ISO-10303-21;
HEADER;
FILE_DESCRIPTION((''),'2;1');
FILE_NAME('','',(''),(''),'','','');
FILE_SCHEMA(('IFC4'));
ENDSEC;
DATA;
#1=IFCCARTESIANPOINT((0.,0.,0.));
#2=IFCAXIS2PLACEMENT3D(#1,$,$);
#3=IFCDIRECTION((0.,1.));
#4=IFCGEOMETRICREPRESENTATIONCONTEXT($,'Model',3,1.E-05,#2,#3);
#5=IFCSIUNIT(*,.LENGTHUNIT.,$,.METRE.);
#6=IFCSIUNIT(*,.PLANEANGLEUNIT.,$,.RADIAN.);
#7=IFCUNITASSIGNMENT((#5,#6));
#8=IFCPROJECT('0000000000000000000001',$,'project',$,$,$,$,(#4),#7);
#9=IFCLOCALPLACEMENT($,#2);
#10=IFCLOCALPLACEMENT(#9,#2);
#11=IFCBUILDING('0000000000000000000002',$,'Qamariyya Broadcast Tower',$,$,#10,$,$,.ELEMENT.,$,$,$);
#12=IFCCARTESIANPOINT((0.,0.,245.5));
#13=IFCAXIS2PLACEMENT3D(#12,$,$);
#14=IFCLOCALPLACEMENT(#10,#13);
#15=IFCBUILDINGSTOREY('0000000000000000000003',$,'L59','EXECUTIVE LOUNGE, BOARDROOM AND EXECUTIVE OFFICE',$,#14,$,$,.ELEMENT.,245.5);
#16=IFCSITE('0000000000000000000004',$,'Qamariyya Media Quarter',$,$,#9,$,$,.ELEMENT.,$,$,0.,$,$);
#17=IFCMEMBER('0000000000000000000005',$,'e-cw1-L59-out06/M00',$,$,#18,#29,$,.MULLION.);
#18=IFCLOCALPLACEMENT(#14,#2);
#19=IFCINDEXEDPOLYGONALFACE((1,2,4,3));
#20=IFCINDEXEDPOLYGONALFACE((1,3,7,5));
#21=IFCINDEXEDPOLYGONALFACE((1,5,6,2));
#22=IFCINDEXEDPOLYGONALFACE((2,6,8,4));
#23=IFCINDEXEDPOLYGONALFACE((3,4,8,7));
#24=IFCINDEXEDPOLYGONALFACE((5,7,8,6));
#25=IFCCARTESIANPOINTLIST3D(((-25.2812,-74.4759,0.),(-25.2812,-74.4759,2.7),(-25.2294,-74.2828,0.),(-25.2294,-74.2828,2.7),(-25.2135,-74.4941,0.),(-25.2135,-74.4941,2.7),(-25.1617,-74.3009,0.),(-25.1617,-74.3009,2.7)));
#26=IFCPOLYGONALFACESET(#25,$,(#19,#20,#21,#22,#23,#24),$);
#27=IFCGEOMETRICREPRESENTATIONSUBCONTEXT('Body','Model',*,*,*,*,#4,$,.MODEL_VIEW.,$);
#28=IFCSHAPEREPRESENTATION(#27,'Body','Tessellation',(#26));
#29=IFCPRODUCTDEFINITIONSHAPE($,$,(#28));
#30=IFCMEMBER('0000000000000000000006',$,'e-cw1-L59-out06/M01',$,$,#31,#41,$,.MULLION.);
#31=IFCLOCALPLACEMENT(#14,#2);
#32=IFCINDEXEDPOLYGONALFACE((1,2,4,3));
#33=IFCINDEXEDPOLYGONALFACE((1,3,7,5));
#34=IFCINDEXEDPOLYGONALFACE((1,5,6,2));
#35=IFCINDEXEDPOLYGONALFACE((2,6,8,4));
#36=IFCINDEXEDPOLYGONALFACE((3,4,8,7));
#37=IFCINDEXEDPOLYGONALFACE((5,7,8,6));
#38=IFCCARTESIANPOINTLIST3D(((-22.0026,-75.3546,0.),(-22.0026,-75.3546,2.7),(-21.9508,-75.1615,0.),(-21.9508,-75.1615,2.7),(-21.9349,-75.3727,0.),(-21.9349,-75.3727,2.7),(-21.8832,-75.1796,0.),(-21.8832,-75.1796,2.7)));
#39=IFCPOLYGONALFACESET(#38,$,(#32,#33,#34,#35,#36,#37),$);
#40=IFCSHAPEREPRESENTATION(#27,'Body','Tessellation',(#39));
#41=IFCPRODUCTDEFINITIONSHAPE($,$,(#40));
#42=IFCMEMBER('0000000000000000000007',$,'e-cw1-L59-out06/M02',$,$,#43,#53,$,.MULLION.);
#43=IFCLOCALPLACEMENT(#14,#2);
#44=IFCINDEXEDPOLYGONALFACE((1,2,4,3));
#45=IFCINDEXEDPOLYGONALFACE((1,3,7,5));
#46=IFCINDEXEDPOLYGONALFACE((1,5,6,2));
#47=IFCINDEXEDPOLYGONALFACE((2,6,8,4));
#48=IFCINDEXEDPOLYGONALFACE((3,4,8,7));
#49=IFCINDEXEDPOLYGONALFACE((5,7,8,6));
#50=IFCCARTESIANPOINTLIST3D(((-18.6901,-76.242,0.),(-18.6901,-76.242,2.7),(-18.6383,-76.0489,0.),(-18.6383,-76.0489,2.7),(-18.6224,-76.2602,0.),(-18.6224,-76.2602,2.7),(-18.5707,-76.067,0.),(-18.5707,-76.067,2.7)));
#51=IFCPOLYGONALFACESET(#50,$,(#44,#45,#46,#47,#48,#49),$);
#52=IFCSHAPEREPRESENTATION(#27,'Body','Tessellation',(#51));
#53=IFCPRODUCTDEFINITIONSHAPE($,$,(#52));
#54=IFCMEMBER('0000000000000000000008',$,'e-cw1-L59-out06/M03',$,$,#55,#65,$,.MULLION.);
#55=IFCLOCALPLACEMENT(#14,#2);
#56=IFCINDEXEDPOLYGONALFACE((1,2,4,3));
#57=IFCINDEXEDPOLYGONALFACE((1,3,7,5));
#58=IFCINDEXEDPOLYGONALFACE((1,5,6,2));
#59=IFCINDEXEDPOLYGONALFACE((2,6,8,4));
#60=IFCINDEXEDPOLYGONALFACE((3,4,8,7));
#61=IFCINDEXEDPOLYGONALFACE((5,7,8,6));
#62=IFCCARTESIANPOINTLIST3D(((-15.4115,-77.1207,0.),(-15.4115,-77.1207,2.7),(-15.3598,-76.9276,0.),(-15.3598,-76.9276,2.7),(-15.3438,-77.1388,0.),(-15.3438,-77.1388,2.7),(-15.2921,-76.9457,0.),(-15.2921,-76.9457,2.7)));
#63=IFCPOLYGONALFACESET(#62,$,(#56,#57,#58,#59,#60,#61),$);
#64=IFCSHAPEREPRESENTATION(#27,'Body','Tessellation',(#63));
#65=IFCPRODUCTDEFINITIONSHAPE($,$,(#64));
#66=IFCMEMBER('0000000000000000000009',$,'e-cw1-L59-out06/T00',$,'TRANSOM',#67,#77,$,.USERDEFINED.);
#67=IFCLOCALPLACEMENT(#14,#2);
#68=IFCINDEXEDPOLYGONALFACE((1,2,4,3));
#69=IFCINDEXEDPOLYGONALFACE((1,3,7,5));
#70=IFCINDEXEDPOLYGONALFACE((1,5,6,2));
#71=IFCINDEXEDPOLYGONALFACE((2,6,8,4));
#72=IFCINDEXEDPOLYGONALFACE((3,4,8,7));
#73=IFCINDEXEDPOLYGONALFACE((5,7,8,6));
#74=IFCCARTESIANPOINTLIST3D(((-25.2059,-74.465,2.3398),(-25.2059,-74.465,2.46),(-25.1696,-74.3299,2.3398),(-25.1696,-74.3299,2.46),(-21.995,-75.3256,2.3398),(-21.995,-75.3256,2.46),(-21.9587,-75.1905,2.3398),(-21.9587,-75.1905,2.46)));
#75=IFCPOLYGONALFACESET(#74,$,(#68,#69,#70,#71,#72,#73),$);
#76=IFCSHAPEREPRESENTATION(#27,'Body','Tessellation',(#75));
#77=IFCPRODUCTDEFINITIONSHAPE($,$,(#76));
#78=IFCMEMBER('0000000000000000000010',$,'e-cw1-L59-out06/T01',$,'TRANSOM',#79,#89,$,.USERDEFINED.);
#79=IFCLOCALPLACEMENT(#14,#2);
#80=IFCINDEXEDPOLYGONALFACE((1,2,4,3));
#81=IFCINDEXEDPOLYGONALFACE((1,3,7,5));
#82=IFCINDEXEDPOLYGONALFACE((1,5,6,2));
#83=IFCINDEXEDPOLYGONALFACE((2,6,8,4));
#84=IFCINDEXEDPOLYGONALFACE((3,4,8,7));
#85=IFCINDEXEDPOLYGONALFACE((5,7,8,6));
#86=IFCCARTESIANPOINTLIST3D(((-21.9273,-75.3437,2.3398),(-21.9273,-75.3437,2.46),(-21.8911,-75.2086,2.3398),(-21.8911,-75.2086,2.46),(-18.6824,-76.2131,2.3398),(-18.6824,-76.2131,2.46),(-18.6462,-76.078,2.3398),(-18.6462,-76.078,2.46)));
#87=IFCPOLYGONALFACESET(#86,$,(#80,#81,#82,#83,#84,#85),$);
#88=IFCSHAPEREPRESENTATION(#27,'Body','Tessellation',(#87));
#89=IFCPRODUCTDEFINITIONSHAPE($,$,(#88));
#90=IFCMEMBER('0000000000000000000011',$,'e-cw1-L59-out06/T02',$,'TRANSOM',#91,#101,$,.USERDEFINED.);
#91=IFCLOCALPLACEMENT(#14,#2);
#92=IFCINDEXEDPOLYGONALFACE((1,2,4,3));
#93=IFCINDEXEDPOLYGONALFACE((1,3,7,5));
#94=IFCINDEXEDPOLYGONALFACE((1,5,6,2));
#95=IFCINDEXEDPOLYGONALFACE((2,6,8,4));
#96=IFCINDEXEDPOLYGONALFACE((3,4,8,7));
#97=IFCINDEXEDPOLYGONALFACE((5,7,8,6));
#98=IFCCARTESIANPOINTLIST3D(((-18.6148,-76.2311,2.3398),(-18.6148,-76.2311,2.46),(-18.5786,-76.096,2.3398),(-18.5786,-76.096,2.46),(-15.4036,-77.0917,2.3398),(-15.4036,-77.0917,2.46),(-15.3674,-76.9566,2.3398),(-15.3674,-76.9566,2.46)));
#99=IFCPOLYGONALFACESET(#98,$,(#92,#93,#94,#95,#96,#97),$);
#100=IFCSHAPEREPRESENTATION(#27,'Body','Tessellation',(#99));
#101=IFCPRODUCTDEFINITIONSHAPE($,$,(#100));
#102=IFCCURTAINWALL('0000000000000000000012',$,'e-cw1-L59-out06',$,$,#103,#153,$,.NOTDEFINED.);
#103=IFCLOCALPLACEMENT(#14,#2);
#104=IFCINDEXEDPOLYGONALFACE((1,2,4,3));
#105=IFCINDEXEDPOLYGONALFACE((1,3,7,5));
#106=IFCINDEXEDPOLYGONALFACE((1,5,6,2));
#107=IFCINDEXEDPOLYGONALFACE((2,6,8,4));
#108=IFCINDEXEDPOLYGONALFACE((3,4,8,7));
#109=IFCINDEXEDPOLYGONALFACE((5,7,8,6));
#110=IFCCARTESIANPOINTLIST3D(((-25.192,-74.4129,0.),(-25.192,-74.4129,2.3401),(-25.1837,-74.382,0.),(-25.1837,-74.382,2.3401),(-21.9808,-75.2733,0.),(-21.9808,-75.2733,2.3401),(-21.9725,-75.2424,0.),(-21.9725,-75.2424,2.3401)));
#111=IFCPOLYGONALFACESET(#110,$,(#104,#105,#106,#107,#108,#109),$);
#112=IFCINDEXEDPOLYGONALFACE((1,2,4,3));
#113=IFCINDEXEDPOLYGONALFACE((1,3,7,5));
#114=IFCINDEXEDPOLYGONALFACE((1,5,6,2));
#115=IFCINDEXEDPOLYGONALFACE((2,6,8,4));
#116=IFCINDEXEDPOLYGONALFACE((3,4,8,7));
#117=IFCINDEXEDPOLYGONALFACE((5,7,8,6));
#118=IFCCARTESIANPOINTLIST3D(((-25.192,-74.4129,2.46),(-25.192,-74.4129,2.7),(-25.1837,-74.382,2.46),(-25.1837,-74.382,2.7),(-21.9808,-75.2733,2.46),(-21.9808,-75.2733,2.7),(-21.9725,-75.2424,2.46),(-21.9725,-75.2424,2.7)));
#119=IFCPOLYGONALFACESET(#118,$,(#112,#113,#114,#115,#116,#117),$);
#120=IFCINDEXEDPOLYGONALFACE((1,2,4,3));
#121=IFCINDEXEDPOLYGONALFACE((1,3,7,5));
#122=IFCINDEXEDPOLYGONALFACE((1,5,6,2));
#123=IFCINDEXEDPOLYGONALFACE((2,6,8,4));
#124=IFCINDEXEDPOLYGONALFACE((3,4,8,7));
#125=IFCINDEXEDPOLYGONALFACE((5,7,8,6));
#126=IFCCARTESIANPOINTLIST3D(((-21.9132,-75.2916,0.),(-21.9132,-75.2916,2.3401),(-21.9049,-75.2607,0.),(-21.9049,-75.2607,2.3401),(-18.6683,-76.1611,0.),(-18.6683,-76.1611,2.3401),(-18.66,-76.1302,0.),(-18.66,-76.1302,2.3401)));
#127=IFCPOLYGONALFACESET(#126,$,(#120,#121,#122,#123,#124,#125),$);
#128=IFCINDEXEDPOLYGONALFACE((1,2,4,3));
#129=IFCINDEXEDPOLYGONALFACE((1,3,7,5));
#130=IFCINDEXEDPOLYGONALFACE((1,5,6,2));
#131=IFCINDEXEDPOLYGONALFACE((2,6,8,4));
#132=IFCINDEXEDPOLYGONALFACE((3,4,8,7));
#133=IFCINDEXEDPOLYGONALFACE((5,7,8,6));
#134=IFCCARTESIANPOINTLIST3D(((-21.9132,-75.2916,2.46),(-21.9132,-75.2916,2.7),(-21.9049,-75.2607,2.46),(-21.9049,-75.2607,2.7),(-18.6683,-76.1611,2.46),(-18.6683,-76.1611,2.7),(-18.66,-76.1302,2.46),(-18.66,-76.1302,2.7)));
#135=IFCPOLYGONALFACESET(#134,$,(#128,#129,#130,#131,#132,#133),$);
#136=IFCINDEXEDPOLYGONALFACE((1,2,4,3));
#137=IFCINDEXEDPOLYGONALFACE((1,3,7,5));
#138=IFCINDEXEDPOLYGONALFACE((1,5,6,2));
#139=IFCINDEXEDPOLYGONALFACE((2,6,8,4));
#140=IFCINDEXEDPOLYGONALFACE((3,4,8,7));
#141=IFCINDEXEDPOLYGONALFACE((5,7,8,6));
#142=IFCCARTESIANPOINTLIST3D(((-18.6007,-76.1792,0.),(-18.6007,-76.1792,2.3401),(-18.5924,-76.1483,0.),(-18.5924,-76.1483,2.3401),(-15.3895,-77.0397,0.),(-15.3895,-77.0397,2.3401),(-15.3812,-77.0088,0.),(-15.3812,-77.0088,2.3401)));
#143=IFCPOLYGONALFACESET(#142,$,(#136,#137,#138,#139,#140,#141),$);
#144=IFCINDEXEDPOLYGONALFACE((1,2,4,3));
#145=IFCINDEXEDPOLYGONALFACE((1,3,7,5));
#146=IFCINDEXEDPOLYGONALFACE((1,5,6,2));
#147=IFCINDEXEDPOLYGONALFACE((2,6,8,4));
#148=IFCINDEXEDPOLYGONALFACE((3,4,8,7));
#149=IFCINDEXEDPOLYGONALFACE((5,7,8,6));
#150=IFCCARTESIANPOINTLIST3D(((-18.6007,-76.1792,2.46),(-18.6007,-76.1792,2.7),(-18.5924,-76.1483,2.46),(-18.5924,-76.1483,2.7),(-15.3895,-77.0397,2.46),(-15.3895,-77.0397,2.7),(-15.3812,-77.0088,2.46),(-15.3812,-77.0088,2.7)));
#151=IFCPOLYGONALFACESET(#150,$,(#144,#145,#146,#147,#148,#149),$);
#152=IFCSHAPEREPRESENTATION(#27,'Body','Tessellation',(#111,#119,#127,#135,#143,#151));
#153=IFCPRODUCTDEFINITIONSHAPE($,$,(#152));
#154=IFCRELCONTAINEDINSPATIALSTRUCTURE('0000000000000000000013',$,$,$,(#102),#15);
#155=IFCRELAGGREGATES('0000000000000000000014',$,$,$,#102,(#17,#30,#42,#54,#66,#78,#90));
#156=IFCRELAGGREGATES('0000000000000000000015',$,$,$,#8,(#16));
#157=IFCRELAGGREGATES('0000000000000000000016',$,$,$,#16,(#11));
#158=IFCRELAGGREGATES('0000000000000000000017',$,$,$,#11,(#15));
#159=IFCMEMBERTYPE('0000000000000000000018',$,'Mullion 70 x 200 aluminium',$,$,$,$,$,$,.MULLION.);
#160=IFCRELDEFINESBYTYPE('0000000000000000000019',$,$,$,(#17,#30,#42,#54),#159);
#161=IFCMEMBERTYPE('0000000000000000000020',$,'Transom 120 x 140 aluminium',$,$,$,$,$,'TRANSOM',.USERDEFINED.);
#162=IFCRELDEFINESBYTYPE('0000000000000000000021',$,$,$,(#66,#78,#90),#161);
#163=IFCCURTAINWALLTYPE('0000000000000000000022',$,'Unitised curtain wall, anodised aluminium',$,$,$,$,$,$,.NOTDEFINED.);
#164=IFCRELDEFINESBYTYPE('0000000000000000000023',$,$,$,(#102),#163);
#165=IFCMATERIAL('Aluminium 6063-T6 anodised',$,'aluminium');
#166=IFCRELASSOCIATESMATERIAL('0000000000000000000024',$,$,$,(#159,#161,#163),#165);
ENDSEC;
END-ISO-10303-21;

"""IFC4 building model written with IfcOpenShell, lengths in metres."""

from ifc_helpers import new_model, si_unit, direction, frame, origin, origin_2d, place, context, subcontext, project, spatial, rectangle, extrude, material, material_profile, profile_set, type_object, element, aggregate, save


model = new_model("IFC4")

# Units and contexts
model_context = context("Model", 3, precision=1e-05, world=origin(), true_north=direction((0.0, 1.0)))
body_context = subcontext(model_context, "Body", "Model", "MODEL_VIEW")
ifc_project = project(units=[si_unit("LENGTHUNIT", "METRE"), si_unit("PLANEANGLEUNIT", "RADIAN")], contexts=[model_context])

# Members
ifc_material = material(Name="Aluminium 6063-T6 anodised", Category="aluminium")
ifc_material_profile_1 = material_profile(ifc_material, rectangle(XDim=0.2, YDim=0.0701, at=origin_2d()))
ifc_profile_set_1 = profile_set([ifc_material_profile_1], Name="Aluminium 6063-T6 anodised")
member_type_1 = type_object("IfcMemberType", Name="Mullion 70 x 200 aluminium", PredefinedType="MULLION", material=ifc_profile_set_1)
site_placement = place(None, origin())
building_placement = place(site_placement, origin())
storey_placement = place(building_placement, frame((0.0, 0.0, 245.5)))
member_1_placement = place(storey_placement, frame((-25.2214, -74.3884, 0.0), z_axis=(0.0, 0.0, 1.0), x_axis=(0.258819, 0.965926, 0.0)))
member_1 = element("IfcMember", 1, at=member_1_placement, type_object=member_type_1, Name="e-cw1-L59-out06/M00", PredefinedType="MULLION", context=body_context, shape_type="SweptSolid", body=[
    extrude(rectangle(XDim=0.2, YDim=0.0701, at=origin_2d()), origin(), (0.0, 0.0, 1.0), 2.7),
])
member_2_placement = place(storey_placement, frame((-21.9429, -75.2671, 0.0), z_axis=(0.0, 0.0, 1.0), x_axis=(0.258819, 0.965926, 0.0)))
member_2 = element("IfcMember", 2, at=member_2_placement, type_object=member_type_1, Name="e-cw1-L59-out06/M01", PredefinedType="MULLION", context=body_context, shape_type="SweptSolid", body=[
    extrude(rectangle(XDim=0.2, YDim=0.0701, at=origin_2d()), origin(), (0.0, 0.0, 1.0), 2.7),
])
member_3_placement = place(storey_placement, frame((-18.6304, -76.1545, 0.0), z_axis=(0.0, 0.0, 1.0), x_axis=(0.258819, 0.965926, 0.0)))
member_3 = element("IfcMember", 3, at=member_3_placement, type_object=member_type_1, Name="e-cw1-L59-out06/M02", PredefinedType="MULLION", context=body_context, shape_type="SweptSolid", body=[
    extrude(rectangle(XDim=0.2, YDim=0.0701, at=origin_2d()), origin(), (0.0, 0.0, 1.0), 2.7),
])
member_4_placement = place(storey_placement, frame((-15.3518, -77.0332, 0.0), z_axis=(0.0, 0.0, 1.0), x_axis=(0.258819, 0.965926, 0.0)))
member_4 = element("IfcMember", 4, at=member_4_placement, type_object=member_type_1, Name="e-cw1-L59-out06/M03", PredefinedType="MULLION", context=body_context, shape_type="SweptSolid", body=[
    extrude(rectangle(XDim=0.2, YDim=0.0701, at=origin_2d()), origin(), (0.0, 0.0, 1.0), 2.7),
])
ifc_material_profile_2 = material_profile(ifc_material, rectangle(XDim=0.1399, YDim=0.1201, at=origin_2d()))
ifc_profile_set_2 = profile_set([ifc_material_profile_2], Name="Aluminium 6063-T6 anodised")
member_type_2 = type_object("IfcMemberType", Name="Transom 120 x 140 aluminium", ElementType="TRANSOM", PredefinedType="USERDEFINED", material=ifc_profile_set_2)
member_5_placement = place(storey_placement, frame((-25.1877, -74.3975, 2.3999), z_axis=(0.965909, -0.258883, 0.0), x_axis=(0.258883, 0.965909, 0.0)))
member_5 = element("IfcMember", 5, at=member_5_placement, type_object=member_type_2, Name="e-cw1-L59-out06/T00", ObjectType="TRANSOM", PredefinedType="USERDEFINED", context=body_context, shape_type="SweptSolid", body=[
    extrude(rectangle(XDim=0.1399, YDim=0.1201, at=origin_2d()), origin(), (0.0, 0.0, 1.0), 3.3242),
])
member_6_placement = place(storey_placement, frame((-21.9092, -75.2761, 2.3999), z_axis=(0.965932, -0.258798, 0.0), x_axis=(0.258798, 0.965932, 0.0)))
member_6 = element("IfcMember", 6, at=member_6_placement, type_object=member_type_2, Name="e-cw1-L59-out06/T01", ObjectType="TRANSOM", PredefinedType="USERDEFINED", context=body_context, shape_type="SweptSolid", body=[
    extrude(rectangle(XDim=0.1399, YDim=0.1201, at=origin_2d()), origin(), (0.0, 0.0, 1.0), 3.3594),
])
member_7_placement = place(storey_placement, frame((-18.5967, -76.1636, 2.3999), z_axis=(0.965914, -0.258865, 0.0), x_axis=(0.258865, 0.965914, 0.0)))
member_7 = element("IfcMember", 7, at=member_7_placement, type_object=member_type_2, Name="e-cw1-L59-out06/T02", ObjectType="TRANSOM", PredefinedType="USERDEFINED", context=body_context, shape_type="SweptSolid", body=[
    extrude(rectangle(XDim=0.1399, YDim=0.1201, at=origin_2d()), origin(), (0.0, 0.0, 1.0), 3.3245),
])

# Site, building, storey
site = spatial("IfcSite", under=ifc_project, at=site_placement, Name="Qamariyya Media Quarter", CompositionType="ELEMENT", RefElevation=0.0)
building = spatial("IfcBuilding", under=site, at=building_placement, Name="Qamariyya Broadcast Tower", CompositionType="ELEMENT")
storey = spatial("IfcBuildingStorey", under=building, at=storey_placement, Name="L59", Description="EXECUTIVE LOUNGE, BOARDROOM AND EXECUTIVE OFFICE", CompositionType="ELEMENT", Elevation=245.5)

# Curtain wall
curtain_wall_type = type_object("IfcCurtainWallType", Name="Unitised curtain wall, anodised aluminium", PredefinedType="NOTDEFINED", material=ifc_material)
curtain_wall_1_placement = place(storey_placement, origin())
curtain_wall_1 = element("IfcCurtainWall", 8, at=curtain_wall_1_placement, inside=storey, type_object=curtain_wall_type, Name="e-cw1-L59-out06", PredefinedType="NOTDEFINED", context=body_context, shape_type="SweptSolid", body=[
    extrude(rectangle(XDim=3.3245, YDim=0.032, at=origin_2d()), frame((-23.5823, -74.8276, 0.0), x_axis=(0.965923, -0.258828, 0.0)), (0.0, 0.0, 1.0), 2.3401),
    extrude(rectangle(XDim=3.3245, YDim=0.032, at=origin_2d()), frame((-23.5823, -74.8276, 2.46), x_axis=(0.965923, -0.258828, 0.0)), (0.0, 0.0, 1.0), 0.24),
    extrude(rectangle(XDim=3.3594, YDim=0.032, at=origin_2d()), frame((-20.2866, -75.7109, 0.0), x_axis=(0.965923, -0.258828, 0.0)), (0.0, 0.0, 1.0), 2.3401),
    extrude(rectangle(XDim=3.3594, YDim=0.032, at=origin_2d()), frame((-20.2866, -75.7109, 2.46), x_axis=(0.965923, -0.258828, 0.0)), (0.0, 0.0, 1.0), 0.24),
    extrude(rectangle(XDim=3.3245, YDim=0.032, at=origin_2d()), frame((-16.991, -76.594, 0.0), x_axis=(0.965923, -0.258828, 0.0)), (0.0, 0.0, 1.0), 2.3401),
    extrude(rectangle(XDim=3.3245, YDim=0.032, at=origin_2d()), frame((-16.991, -76.594, 2.46), x_axis=(0.965923, -0.258828, 0.0)), (0.0, 0.0, 1.0), 0.24),
])
aggregate(curtain_wall_1, [member_1, member_2, member_3, member_4, member_5, member_6, member_7])

save(model, "model.ifc")
